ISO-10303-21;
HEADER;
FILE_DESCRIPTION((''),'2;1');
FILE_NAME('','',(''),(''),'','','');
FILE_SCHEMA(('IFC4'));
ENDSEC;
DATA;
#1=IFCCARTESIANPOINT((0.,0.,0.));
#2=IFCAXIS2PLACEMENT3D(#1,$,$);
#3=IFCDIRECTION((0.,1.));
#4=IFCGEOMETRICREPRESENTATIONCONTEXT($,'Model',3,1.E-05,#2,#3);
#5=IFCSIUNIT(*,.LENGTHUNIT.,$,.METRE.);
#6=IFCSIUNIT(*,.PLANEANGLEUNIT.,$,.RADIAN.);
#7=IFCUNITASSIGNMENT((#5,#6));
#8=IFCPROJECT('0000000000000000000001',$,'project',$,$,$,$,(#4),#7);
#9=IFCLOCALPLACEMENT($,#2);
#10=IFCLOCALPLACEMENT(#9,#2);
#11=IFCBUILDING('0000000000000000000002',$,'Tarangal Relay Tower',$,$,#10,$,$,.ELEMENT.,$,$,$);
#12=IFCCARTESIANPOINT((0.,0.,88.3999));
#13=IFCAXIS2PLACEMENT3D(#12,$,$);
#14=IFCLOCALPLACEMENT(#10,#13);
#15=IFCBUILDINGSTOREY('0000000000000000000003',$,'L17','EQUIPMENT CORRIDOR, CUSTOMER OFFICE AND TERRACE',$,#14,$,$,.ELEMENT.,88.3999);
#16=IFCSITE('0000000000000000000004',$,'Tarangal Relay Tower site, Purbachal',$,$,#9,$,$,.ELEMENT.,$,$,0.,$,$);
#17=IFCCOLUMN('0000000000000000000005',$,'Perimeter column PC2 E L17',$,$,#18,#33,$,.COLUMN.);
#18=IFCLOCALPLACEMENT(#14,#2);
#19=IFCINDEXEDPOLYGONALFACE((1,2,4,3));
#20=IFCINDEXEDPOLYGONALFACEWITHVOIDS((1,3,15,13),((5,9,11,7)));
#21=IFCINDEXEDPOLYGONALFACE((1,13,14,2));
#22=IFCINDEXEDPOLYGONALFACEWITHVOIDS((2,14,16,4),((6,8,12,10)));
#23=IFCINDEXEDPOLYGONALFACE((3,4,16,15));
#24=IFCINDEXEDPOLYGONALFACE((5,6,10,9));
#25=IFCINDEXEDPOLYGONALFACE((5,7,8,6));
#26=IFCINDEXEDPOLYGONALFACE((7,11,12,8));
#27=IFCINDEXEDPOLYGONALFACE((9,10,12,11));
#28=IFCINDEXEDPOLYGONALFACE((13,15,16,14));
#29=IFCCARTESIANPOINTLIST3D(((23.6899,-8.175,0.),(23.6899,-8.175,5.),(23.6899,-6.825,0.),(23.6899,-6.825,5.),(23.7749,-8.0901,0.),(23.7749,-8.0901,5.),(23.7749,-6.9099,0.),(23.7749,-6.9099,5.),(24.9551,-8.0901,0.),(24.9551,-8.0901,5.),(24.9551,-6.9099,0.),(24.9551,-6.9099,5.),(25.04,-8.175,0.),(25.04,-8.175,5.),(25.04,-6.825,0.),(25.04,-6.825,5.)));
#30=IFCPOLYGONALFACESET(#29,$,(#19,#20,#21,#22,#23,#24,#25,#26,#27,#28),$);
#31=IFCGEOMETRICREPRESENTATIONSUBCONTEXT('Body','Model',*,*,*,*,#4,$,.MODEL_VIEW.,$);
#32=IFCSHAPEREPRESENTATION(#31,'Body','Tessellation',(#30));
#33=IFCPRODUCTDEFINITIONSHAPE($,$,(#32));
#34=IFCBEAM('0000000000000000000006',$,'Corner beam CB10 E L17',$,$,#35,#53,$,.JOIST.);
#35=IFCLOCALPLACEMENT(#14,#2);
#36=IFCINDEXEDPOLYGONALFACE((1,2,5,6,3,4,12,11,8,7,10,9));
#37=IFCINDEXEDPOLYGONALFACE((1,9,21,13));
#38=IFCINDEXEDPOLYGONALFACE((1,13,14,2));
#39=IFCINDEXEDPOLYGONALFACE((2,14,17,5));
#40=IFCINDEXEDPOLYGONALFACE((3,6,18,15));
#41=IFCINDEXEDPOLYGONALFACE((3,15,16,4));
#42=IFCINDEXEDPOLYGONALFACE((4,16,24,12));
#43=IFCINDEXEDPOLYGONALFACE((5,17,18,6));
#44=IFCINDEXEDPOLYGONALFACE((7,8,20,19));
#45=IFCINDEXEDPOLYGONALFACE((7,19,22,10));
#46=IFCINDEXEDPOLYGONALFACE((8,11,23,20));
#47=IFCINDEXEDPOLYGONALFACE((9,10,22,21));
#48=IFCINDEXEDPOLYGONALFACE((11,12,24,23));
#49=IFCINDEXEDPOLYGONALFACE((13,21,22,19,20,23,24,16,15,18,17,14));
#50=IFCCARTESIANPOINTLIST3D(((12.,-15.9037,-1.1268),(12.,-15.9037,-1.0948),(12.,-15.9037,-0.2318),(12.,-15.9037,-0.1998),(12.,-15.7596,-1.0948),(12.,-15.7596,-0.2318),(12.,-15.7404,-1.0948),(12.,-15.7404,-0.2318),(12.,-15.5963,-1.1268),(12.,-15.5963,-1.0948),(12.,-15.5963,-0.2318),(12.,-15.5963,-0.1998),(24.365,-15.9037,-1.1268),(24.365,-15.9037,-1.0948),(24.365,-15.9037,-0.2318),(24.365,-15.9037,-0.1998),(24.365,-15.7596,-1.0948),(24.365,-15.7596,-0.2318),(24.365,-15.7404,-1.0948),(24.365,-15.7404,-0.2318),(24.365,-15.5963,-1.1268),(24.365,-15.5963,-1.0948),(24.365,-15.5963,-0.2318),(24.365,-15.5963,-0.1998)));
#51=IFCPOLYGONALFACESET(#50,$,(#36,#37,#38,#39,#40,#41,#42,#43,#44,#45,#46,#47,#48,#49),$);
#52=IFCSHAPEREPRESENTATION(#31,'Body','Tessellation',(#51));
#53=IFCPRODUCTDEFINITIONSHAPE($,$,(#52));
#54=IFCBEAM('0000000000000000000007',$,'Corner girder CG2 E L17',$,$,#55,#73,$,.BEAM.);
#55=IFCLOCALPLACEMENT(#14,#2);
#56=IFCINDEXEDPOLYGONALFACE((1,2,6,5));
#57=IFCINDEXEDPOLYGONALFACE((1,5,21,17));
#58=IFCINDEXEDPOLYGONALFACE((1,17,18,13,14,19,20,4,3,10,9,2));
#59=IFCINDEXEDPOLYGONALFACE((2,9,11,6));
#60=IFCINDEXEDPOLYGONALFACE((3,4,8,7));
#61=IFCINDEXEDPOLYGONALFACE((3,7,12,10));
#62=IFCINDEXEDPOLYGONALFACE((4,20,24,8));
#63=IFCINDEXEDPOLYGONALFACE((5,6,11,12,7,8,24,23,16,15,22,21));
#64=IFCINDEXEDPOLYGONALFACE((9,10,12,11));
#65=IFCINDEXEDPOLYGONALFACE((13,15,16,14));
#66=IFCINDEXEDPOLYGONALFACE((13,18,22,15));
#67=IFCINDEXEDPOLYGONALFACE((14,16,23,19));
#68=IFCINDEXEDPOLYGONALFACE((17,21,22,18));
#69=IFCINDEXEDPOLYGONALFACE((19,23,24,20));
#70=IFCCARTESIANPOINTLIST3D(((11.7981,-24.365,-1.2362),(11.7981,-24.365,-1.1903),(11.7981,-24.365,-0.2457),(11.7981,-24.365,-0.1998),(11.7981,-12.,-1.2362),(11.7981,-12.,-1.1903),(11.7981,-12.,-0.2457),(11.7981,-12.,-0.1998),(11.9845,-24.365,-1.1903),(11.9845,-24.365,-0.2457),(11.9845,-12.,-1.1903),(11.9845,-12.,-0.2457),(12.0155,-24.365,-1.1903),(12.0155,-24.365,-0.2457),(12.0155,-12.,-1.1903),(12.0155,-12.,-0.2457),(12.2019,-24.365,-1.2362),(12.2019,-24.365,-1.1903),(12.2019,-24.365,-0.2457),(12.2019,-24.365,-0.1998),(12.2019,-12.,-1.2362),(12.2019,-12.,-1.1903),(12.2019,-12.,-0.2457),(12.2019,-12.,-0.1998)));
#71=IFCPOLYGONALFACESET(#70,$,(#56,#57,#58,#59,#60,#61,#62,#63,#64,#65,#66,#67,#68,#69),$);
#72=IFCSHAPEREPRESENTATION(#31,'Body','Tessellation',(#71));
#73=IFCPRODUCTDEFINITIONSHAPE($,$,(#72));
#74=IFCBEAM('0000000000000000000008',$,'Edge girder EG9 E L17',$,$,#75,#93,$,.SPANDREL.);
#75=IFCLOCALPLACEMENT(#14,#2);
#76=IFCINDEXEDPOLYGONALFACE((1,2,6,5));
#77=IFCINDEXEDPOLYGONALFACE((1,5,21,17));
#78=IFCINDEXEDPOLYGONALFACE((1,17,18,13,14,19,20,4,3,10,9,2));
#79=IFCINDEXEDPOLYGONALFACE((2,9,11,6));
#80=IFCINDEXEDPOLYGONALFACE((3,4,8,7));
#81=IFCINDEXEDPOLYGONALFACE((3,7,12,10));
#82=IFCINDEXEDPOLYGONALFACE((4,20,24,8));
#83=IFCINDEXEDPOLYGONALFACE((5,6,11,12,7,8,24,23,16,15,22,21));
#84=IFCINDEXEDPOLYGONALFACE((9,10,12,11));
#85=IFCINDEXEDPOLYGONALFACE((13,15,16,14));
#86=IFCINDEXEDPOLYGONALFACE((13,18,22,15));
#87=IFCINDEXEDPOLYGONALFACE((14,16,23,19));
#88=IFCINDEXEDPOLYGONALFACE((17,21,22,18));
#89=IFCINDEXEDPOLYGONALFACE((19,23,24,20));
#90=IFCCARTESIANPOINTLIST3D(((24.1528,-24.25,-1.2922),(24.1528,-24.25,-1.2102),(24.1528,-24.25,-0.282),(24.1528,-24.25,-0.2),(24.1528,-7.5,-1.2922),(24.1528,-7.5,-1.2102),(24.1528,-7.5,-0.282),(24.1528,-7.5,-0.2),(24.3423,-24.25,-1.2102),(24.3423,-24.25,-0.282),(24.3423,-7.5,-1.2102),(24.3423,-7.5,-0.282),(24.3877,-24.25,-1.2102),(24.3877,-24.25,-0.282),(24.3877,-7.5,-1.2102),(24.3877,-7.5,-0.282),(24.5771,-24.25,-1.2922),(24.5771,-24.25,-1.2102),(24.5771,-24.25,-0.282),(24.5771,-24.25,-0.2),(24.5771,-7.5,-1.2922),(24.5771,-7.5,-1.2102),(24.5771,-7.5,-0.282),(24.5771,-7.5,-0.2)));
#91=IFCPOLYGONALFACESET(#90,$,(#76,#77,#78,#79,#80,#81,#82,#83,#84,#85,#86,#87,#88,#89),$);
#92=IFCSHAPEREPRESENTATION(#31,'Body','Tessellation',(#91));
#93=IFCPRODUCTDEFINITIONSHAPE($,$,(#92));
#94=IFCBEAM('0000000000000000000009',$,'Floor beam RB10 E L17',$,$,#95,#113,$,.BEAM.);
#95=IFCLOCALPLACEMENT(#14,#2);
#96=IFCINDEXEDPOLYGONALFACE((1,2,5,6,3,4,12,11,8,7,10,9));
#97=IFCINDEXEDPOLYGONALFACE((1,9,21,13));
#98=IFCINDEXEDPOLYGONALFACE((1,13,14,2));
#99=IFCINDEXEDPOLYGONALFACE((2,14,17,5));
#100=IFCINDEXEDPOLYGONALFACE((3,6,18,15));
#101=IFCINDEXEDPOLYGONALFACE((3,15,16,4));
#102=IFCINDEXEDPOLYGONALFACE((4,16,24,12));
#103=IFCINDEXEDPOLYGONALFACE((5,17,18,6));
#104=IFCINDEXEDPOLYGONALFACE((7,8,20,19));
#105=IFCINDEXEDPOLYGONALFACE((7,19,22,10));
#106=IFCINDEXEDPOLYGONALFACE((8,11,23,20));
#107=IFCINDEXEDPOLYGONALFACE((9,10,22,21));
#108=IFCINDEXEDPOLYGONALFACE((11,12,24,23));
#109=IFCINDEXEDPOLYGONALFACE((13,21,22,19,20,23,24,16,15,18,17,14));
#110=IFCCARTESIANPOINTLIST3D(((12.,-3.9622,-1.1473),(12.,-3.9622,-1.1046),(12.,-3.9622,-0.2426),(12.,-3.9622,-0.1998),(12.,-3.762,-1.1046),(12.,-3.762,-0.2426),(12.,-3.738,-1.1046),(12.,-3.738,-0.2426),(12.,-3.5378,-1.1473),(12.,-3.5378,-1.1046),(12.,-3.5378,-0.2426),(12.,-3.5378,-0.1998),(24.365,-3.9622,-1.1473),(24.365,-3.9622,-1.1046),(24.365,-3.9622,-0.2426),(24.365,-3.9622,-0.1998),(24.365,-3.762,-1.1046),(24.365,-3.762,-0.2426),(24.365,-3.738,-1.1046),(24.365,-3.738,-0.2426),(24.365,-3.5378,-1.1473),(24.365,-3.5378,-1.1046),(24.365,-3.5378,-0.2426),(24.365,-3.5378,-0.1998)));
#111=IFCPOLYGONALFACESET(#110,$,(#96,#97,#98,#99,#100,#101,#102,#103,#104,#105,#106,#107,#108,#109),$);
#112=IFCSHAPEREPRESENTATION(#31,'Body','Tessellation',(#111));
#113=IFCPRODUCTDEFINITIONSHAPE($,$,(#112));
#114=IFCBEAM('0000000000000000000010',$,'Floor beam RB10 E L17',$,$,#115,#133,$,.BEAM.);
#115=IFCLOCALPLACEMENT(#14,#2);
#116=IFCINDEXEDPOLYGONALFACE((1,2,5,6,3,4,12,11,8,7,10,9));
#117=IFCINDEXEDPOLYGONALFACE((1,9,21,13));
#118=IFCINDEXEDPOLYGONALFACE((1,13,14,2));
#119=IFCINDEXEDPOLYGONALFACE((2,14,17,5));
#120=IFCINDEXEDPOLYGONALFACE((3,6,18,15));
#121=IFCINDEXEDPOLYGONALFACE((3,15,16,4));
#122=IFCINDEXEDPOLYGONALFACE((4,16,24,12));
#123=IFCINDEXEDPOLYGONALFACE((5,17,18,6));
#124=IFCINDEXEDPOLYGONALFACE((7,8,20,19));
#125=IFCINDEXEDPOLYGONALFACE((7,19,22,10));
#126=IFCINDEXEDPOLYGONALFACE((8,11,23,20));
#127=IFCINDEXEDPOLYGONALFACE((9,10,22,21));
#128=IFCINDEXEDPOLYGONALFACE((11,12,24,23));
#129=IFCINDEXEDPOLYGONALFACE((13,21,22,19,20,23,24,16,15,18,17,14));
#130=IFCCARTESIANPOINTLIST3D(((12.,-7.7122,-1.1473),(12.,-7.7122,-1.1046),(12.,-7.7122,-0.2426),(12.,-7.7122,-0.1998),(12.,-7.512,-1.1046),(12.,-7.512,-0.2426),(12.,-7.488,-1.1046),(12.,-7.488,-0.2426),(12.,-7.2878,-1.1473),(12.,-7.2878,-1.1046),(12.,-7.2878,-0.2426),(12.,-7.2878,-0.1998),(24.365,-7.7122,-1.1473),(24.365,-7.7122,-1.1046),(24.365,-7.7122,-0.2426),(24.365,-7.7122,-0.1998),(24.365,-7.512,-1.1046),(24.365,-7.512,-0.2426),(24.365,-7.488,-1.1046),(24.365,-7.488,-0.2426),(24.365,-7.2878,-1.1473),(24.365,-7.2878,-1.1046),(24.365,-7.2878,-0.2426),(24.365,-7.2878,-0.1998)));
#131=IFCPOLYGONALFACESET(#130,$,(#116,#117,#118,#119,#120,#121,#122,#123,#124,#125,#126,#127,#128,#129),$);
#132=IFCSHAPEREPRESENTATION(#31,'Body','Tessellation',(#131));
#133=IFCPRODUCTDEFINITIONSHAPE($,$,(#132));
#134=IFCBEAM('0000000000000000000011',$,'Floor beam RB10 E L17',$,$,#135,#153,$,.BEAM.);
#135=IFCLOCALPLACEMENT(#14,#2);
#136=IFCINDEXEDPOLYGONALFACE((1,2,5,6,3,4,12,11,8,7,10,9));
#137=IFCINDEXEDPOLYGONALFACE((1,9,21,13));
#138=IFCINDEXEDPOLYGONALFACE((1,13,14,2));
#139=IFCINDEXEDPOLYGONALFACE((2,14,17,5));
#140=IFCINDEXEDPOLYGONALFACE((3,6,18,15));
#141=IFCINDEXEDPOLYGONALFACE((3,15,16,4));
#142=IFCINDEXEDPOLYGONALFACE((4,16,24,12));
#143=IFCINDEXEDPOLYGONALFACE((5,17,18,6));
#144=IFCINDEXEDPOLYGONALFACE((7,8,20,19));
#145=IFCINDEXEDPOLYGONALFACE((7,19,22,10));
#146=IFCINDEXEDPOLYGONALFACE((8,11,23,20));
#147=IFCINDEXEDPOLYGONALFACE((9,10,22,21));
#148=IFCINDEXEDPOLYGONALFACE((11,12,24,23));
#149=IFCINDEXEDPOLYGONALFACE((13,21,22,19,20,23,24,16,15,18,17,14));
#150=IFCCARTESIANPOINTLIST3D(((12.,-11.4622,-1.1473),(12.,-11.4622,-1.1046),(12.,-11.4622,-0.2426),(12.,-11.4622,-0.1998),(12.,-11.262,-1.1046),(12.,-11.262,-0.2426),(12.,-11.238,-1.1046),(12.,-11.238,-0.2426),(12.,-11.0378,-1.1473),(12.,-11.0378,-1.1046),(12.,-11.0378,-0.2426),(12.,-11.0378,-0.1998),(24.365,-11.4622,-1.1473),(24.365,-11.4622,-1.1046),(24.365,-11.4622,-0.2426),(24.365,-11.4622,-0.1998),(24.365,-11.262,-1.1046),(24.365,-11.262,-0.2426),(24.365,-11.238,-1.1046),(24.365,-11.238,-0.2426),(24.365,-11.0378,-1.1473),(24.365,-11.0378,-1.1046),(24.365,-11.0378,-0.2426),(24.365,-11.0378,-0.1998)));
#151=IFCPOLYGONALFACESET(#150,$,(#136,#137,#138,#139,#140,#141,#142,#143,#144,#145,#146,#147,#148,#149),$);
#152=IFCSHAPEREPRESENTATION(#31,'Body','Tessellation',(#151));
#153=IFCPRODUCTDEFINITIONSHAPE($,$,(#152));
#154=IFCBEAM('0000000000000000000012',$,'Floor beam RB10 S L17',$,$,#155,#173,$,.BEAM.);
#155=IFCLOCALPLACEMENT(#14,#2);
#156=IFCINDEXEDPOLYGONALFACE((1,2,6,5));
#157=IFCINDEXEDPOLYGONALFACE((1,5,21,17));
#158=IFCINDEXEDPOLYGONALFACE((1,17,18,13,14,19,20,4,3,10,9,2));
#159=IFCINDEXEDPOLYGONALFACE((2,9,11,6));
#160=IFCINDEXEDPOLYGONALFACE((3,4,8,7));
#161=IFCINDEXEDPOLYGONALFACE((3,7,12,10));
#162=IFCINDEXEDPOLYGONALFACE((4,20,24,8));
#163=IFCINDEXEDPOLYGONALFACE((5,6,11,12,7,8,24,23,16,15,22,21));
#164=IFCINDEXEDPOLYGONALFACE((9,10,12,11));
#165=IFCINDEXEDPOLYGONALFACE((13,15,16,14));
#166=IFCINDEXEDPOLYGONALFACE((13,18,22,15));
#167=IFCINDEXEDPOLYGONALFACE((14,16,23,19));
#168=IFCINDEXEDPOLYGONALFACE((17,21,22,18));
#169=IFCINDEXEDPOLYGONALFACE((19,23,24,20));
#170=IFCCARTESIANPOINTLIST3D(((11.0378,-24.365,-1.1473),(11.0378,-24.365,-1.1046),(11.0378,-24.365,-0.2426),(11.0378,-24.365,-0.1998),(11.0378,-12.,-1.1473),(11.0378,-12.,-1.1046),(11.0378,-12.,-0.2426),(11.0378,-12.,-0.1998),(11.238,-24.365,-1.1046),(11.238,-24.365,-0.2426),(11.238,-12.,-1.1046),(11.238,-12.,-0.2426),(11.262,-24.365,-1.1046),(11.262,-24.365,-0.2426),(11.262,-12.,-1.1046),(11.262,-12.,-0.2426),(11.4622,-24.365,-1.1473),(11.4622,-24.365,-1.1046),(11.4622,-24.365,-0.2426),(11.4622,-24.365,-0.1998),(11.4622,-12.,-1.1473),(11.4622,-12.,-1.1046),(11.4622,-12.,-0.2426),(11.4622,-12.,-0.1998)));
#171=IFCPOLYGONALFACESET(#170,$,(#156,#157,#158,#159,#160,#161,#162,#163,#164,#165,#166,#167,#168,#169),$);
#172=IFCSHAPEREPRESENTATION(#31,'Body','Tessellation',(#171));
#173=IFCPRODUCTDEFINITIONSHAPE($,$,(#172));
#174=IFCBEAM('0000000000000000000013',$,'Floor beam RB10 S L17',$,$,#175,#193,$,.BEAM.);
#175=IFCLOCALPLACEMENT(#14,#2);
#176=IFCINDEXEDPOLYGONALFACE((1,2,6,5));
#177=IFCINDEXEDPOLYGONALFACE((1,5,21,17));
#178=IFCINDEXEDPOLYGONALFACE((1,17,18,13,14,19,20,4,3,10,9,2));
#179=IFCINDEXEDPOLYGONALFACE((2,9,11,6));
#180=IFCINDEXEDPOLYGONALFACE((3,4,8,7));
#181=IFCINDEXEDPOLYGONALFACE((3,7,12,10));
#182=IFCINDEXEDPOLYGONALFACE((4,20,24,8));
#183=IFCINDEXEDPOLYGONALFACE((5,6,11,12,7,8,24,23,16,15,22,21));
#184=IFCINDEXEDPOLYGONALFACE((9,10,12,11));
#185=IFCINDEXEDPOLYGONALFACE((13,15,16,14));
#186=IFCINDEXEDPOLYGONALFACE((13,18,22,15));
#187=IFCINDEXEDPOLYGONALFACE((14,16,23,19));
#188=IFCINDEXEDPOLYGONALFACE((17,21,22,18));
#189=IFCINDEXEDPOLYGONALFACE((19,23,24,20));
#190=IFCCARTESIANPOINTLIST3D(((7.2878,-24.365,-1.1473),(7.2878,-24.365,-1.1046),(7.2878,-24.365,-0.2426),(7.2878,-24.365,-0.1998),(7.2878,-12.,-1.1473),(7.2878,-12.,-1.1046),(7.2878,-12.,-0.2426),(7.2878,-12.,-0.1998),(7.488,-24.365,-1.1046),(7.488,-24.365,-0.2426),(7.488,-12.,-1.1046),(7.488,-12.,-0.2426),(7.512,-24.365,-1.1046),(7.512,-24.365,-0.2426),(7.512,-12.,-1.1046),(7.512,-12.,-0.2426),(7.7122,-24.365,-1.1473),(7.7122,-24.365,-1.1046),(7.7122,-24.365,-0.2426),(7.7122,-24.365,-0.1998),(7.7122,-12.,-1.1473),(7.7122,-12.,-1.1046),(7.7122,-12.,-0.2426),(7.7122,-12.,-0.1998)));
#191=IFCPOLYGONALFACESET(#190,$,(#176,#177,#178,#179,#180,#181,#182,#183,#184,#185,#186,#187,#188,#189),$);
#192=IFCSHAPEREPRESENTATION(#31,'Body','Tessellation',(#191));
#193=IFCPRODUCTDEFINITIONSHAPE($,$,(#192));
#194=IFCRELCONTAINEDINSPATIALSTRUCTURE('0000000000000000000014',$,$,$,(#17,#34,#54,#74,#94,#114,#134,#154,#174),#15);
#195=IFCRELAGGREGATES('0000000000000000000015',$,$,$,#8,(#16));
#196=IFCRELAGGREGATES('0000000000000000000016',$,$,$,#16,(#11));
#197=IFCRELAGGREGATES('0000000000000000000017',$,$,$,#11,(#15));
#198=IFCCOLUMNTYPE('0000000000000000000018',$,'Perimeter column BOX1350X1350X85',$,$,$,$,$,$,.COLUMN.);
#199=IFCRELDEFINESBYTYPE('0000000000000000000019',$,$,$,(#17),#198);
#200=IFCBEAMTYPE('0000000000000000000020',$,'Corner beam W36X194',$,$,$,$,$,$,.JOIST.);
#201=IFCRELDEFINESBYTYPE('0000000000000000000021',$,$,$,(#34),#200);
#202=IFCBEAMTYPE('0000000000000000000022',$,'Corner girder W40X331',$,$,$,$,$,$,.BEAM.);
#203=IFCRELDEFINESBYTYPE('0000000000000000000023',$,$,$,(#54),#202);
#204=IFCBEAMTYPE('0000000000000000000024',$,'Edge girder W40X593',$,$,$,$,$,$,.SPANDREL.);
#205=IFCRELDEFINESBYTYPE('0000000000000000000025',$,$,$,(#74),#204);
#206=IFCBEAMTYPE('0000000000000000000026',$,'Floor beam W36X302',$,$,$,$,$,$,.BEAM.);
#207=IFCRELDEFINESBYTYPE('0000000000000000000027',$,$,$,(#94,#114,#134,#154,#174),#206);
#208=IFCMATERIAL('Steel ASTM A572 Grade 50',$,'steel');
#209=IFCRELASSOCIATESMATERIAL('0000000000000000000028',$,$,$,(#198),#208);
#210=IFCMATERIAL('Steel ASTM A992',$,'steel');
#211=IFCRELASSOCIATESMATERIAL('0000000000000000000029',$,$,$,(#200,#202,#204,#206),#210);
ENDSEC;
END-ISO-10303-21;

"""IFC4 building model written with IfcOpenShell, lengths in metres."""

from ifc_helpers import new_model, si_unit, direction, frame, origin, origin_2d, place, context, subcontext, project, spatial, hollow_rectangle, i_section, extrude, material, material_profile, profile_set, type_object, element, save


model = new_model("IFC4")

# Units and contexts
model_context = context("Model", 3, precision=1e-05, world=origin(), true_north=direction((0.0, 1.0)))
body_context = subcontext(model_context, "Body", "Model", "MODEL_VIEW")
ifc_project = project(units=[si_unit("LENGTHUNIT", "METRE"), si_unit("PLANEANGLEUNIT", "RADIAN")], contexts=[model_context])

# Site, building, storey
site_placement = place(None, origin())
site = spatial("IfcSite", under=ifc_project, at=site_placement, Name="Tarangal Relay Tower site, Purbachal", CompositionType="ELEMENT", RefElevation=0.0)
building_placement = place(site_placement, origin())
building = spatial("IfcBuilding", under=site, at=building_placement, Name="Tarangal Relay Tower", CompositionType="ELEMENT")
storey_placement = place(building_placement, frame((0.0, 0.0, 88.3999)))
storey = spatial("IfcBuildingStorey", under=building, at=storey_placement, Name="L17", Description="EQUIPMENT CORRIDOR, CUSTOMER OFFICE AND TERRACE", CompositionType="ELEMENT", Elevation=88.3999)

# Column
ifc_material_1 = material(Name="Steel ASTM A572 Grade 50", Category="steel")
ifc_material_profile_1 = material_profile(ifc_material_1, hollow_rectangle(XDim=1.3501, YDim=1.3501, WallThickness=0.085, at=origin_2d()), Name="BOX1350X1350X85")
ifc_profile_set_1 = profile_set([ifc_material_profile_1], Name="Steel ASTM A572 Grade 50")
column_type = type_object("IfcColumnType", Name="Perimeter column BOX1350X1350X85", PredefinedType="COLUMN", material=ifc_profile_set_1)
column_placement = place(storey_placement, frame((24.365, -7.5, 0.0), z_axis=(0.0, 0.0, 1.0), x_axis=(1.0, 0.0, 0.0)))
element("IfcColumn", 1, at=column_placement, inside=storey, type_object=column_type, Name="Perimeter column PC2 E L17", PredefinedType="COLUMN", context=body_context, shape_type="SweptSolid", body=[
    extrude(hollow_rectangle(XDim=1.3501, YDim=1.3501, WallThickness=0.085, at=origin_2d()), origin(), (0.0, 0.0, 1.0), 5.0),
])

# Beams
ifc_material_2 = material(Name="Steel ASTM A992", Category="steel")
ifc_material_profile_2 = material_profile(ifc_material_2, i_section(OverallWidth=0.3074, OverallDepth=0.927, WebThickness=0.0193, FlangeThickness=0.032, at=origin_2d()), Name="W36X194")
ifc_profile_set_2 = profile_set([ifc_material_profile_2], Name="Steel ASTM A992")
beam_type_1 = type_object("IfcBeamType", Name="Corner beam W36X194", PredefinedType="JOIST", material=ifc_profile_set_2)
beam_1_placement = place(storey_placement, frame((12.0, -15.75, -0.6633), z_axis=(1.0, 0.0, 0.0), x_axis=(0.0, 1.0, 0.0)))
element("IfcBeam", 2, at=beam_1_placement, inside=storey, type_object=beam_type_1, Name="Corner beam CB10 E L17", PredefinedType="JOIST", context=body_context, shape_type="SweptSolid", body=[
    extrude(i_section(OverallWidth=0.3074, OverallDepth=0.927, WebThickness=0.0193, FlangeThickness=0.032, at=origin_2d()), origin(), (0.0, 0.0, 1.0), 12.365),
])
ifc_material_profile_3 = material_profile(ifc_material_2, i_section(OverallWidth=0.4038, OverallDepth=1.0364, WebThickness=0.031, FlangeThickness=0.0459, at=origin_2d()), Name="W40X331")
ifc_profile_set_3 = profile_set([ifc_material_profile_3], Name="Steel ASTM A992")
beam_type_2 = type_object("IfcBeamType", Name="Corner girder W40X331", PredefinedType="BEAM", material=ifc_profile_set_3)
beam_2_placement = place(storey_placement, frame((12.0, -12.0, -0.718), z_axis=(0.0, -1.0, 0.0), x_axis=(1.0, 0.0, 0.0)))
element("IfcBeam", 3, at=beam_2_placement, inside=storey, type_object=beam_type_2, Name="Corner girder CG2 E L17", PredefinedType="BEAM", context=body_context, shape_type="SweptSolid", body=[
    extrude(i_section(OverallWidth=0.4038, OverallDepth=1.0364, WebThickness=0.031, FlangeThickness=0.0459, at=origin_2d()), origin(), (0.0, 0.0, 1.0), 12.365),
])
ifc_material_profile_4 = material_profile(ifc_material_2, i_section(OverallWidth=0.4243, OverallDepth=1.0923, WebThickness=0.0454, FlangeThickness=0.082, at=origin_2d()), Name="W40X593")
ifc_profile_set_4 = profile_set([ifc_material_profile_4], Name="Steel ASTM A992")
beam_type_3 = type_object("IfcBeamType", Name="Edge girder W40X593", PredefinedType="SPANDREL", material=ifc_profile_set_4)
beam_3_placement = place(storey_placement, frame((24.365, -7.5, -0.7461), z_axis=(0.0, -1.0, 0.0), x_axis=(1.0, 0.0, 0.0)))
element("IfcBeam", 4, at=beam_3_placement, inside=storey, type_object=beam_type_3, Name="Edge girder EG9 E L17", PredefinedType="SPANDREL", context=body_context, shape_type="SweptSolid", body=[
    extrude(i_section(OverallWidth=0.4243, OverallDepth=1.0923, WebThickness=0.0454, FlangeThickness=0.082, at=origin_2d()), origin(), (0.0, 0.0, 1.0), 16.75),
])
ifc_material_profile_5 = material_profile(ifc_material_2, i_section(OverallWidth=0.4243, OverallDepth=0.9475, WebThickness=0.0239, FlangeThickness=0.0427, at=origin_2d()), Name="W36X302")
ifc_profile_set_5 = profile_set([ifc_material_profile_5], Name="Steel ASTM A992")
beam_type_4 = type_object("IfcBeamType", Name="Floor beam W36X302", PredefinedType="BEAM", material=ifc_profile_set_5)
for number, where, z_axis, x_axis, name in (
    (5, (12.0, -3.75, -0.6736), (1.0, 0.0, 0.0), (0.0, 1.0, 0.0), "Floor beam RB10 E L17"),
    (6, (12.0, -7.5, -0.6736), (1.0, 0.0, 0.0), (0.0, 1.0, 0.0), "Floor beam RB10 E L17"),
    (7, (12.0, -11.25, -0.6736), (1.0, 0.0, 0.0), (0.0, 1.0, 0.0), "Floor beam RB10 E L17"),
    (8, (11.25, -12.0, -0.6736), (0.0, -1.0, 0.0), (1.0, 0.0, 0.0), "Floor beam RB10 S L17"),
    (9, (7.5, -12.0, -0.6736), (0.0, -1.0, 0.0), (1.0, 0.0, 0.0), "Floor beam RB10 S L17"),
):
    element("IfcBeam", number, at=place(storey_placement, frame(where, z_axis=z_axis, x_axis=x_axis)), inside=storey, type_object=beam_type_4, Name=name, PredefinedType="BEAM", context=body_context, shape_type="SweptSolid", body=[
        extrude(i_section(OverallWidth=0.4243, OverallDepth=0.9475, WebThickness=0.0239, FlangeThickness=0.0427, at=origin_2d()), origin(), (0.0, 0.0, 1.0), 12.365),
    ])

save(model, "model.ifc")
